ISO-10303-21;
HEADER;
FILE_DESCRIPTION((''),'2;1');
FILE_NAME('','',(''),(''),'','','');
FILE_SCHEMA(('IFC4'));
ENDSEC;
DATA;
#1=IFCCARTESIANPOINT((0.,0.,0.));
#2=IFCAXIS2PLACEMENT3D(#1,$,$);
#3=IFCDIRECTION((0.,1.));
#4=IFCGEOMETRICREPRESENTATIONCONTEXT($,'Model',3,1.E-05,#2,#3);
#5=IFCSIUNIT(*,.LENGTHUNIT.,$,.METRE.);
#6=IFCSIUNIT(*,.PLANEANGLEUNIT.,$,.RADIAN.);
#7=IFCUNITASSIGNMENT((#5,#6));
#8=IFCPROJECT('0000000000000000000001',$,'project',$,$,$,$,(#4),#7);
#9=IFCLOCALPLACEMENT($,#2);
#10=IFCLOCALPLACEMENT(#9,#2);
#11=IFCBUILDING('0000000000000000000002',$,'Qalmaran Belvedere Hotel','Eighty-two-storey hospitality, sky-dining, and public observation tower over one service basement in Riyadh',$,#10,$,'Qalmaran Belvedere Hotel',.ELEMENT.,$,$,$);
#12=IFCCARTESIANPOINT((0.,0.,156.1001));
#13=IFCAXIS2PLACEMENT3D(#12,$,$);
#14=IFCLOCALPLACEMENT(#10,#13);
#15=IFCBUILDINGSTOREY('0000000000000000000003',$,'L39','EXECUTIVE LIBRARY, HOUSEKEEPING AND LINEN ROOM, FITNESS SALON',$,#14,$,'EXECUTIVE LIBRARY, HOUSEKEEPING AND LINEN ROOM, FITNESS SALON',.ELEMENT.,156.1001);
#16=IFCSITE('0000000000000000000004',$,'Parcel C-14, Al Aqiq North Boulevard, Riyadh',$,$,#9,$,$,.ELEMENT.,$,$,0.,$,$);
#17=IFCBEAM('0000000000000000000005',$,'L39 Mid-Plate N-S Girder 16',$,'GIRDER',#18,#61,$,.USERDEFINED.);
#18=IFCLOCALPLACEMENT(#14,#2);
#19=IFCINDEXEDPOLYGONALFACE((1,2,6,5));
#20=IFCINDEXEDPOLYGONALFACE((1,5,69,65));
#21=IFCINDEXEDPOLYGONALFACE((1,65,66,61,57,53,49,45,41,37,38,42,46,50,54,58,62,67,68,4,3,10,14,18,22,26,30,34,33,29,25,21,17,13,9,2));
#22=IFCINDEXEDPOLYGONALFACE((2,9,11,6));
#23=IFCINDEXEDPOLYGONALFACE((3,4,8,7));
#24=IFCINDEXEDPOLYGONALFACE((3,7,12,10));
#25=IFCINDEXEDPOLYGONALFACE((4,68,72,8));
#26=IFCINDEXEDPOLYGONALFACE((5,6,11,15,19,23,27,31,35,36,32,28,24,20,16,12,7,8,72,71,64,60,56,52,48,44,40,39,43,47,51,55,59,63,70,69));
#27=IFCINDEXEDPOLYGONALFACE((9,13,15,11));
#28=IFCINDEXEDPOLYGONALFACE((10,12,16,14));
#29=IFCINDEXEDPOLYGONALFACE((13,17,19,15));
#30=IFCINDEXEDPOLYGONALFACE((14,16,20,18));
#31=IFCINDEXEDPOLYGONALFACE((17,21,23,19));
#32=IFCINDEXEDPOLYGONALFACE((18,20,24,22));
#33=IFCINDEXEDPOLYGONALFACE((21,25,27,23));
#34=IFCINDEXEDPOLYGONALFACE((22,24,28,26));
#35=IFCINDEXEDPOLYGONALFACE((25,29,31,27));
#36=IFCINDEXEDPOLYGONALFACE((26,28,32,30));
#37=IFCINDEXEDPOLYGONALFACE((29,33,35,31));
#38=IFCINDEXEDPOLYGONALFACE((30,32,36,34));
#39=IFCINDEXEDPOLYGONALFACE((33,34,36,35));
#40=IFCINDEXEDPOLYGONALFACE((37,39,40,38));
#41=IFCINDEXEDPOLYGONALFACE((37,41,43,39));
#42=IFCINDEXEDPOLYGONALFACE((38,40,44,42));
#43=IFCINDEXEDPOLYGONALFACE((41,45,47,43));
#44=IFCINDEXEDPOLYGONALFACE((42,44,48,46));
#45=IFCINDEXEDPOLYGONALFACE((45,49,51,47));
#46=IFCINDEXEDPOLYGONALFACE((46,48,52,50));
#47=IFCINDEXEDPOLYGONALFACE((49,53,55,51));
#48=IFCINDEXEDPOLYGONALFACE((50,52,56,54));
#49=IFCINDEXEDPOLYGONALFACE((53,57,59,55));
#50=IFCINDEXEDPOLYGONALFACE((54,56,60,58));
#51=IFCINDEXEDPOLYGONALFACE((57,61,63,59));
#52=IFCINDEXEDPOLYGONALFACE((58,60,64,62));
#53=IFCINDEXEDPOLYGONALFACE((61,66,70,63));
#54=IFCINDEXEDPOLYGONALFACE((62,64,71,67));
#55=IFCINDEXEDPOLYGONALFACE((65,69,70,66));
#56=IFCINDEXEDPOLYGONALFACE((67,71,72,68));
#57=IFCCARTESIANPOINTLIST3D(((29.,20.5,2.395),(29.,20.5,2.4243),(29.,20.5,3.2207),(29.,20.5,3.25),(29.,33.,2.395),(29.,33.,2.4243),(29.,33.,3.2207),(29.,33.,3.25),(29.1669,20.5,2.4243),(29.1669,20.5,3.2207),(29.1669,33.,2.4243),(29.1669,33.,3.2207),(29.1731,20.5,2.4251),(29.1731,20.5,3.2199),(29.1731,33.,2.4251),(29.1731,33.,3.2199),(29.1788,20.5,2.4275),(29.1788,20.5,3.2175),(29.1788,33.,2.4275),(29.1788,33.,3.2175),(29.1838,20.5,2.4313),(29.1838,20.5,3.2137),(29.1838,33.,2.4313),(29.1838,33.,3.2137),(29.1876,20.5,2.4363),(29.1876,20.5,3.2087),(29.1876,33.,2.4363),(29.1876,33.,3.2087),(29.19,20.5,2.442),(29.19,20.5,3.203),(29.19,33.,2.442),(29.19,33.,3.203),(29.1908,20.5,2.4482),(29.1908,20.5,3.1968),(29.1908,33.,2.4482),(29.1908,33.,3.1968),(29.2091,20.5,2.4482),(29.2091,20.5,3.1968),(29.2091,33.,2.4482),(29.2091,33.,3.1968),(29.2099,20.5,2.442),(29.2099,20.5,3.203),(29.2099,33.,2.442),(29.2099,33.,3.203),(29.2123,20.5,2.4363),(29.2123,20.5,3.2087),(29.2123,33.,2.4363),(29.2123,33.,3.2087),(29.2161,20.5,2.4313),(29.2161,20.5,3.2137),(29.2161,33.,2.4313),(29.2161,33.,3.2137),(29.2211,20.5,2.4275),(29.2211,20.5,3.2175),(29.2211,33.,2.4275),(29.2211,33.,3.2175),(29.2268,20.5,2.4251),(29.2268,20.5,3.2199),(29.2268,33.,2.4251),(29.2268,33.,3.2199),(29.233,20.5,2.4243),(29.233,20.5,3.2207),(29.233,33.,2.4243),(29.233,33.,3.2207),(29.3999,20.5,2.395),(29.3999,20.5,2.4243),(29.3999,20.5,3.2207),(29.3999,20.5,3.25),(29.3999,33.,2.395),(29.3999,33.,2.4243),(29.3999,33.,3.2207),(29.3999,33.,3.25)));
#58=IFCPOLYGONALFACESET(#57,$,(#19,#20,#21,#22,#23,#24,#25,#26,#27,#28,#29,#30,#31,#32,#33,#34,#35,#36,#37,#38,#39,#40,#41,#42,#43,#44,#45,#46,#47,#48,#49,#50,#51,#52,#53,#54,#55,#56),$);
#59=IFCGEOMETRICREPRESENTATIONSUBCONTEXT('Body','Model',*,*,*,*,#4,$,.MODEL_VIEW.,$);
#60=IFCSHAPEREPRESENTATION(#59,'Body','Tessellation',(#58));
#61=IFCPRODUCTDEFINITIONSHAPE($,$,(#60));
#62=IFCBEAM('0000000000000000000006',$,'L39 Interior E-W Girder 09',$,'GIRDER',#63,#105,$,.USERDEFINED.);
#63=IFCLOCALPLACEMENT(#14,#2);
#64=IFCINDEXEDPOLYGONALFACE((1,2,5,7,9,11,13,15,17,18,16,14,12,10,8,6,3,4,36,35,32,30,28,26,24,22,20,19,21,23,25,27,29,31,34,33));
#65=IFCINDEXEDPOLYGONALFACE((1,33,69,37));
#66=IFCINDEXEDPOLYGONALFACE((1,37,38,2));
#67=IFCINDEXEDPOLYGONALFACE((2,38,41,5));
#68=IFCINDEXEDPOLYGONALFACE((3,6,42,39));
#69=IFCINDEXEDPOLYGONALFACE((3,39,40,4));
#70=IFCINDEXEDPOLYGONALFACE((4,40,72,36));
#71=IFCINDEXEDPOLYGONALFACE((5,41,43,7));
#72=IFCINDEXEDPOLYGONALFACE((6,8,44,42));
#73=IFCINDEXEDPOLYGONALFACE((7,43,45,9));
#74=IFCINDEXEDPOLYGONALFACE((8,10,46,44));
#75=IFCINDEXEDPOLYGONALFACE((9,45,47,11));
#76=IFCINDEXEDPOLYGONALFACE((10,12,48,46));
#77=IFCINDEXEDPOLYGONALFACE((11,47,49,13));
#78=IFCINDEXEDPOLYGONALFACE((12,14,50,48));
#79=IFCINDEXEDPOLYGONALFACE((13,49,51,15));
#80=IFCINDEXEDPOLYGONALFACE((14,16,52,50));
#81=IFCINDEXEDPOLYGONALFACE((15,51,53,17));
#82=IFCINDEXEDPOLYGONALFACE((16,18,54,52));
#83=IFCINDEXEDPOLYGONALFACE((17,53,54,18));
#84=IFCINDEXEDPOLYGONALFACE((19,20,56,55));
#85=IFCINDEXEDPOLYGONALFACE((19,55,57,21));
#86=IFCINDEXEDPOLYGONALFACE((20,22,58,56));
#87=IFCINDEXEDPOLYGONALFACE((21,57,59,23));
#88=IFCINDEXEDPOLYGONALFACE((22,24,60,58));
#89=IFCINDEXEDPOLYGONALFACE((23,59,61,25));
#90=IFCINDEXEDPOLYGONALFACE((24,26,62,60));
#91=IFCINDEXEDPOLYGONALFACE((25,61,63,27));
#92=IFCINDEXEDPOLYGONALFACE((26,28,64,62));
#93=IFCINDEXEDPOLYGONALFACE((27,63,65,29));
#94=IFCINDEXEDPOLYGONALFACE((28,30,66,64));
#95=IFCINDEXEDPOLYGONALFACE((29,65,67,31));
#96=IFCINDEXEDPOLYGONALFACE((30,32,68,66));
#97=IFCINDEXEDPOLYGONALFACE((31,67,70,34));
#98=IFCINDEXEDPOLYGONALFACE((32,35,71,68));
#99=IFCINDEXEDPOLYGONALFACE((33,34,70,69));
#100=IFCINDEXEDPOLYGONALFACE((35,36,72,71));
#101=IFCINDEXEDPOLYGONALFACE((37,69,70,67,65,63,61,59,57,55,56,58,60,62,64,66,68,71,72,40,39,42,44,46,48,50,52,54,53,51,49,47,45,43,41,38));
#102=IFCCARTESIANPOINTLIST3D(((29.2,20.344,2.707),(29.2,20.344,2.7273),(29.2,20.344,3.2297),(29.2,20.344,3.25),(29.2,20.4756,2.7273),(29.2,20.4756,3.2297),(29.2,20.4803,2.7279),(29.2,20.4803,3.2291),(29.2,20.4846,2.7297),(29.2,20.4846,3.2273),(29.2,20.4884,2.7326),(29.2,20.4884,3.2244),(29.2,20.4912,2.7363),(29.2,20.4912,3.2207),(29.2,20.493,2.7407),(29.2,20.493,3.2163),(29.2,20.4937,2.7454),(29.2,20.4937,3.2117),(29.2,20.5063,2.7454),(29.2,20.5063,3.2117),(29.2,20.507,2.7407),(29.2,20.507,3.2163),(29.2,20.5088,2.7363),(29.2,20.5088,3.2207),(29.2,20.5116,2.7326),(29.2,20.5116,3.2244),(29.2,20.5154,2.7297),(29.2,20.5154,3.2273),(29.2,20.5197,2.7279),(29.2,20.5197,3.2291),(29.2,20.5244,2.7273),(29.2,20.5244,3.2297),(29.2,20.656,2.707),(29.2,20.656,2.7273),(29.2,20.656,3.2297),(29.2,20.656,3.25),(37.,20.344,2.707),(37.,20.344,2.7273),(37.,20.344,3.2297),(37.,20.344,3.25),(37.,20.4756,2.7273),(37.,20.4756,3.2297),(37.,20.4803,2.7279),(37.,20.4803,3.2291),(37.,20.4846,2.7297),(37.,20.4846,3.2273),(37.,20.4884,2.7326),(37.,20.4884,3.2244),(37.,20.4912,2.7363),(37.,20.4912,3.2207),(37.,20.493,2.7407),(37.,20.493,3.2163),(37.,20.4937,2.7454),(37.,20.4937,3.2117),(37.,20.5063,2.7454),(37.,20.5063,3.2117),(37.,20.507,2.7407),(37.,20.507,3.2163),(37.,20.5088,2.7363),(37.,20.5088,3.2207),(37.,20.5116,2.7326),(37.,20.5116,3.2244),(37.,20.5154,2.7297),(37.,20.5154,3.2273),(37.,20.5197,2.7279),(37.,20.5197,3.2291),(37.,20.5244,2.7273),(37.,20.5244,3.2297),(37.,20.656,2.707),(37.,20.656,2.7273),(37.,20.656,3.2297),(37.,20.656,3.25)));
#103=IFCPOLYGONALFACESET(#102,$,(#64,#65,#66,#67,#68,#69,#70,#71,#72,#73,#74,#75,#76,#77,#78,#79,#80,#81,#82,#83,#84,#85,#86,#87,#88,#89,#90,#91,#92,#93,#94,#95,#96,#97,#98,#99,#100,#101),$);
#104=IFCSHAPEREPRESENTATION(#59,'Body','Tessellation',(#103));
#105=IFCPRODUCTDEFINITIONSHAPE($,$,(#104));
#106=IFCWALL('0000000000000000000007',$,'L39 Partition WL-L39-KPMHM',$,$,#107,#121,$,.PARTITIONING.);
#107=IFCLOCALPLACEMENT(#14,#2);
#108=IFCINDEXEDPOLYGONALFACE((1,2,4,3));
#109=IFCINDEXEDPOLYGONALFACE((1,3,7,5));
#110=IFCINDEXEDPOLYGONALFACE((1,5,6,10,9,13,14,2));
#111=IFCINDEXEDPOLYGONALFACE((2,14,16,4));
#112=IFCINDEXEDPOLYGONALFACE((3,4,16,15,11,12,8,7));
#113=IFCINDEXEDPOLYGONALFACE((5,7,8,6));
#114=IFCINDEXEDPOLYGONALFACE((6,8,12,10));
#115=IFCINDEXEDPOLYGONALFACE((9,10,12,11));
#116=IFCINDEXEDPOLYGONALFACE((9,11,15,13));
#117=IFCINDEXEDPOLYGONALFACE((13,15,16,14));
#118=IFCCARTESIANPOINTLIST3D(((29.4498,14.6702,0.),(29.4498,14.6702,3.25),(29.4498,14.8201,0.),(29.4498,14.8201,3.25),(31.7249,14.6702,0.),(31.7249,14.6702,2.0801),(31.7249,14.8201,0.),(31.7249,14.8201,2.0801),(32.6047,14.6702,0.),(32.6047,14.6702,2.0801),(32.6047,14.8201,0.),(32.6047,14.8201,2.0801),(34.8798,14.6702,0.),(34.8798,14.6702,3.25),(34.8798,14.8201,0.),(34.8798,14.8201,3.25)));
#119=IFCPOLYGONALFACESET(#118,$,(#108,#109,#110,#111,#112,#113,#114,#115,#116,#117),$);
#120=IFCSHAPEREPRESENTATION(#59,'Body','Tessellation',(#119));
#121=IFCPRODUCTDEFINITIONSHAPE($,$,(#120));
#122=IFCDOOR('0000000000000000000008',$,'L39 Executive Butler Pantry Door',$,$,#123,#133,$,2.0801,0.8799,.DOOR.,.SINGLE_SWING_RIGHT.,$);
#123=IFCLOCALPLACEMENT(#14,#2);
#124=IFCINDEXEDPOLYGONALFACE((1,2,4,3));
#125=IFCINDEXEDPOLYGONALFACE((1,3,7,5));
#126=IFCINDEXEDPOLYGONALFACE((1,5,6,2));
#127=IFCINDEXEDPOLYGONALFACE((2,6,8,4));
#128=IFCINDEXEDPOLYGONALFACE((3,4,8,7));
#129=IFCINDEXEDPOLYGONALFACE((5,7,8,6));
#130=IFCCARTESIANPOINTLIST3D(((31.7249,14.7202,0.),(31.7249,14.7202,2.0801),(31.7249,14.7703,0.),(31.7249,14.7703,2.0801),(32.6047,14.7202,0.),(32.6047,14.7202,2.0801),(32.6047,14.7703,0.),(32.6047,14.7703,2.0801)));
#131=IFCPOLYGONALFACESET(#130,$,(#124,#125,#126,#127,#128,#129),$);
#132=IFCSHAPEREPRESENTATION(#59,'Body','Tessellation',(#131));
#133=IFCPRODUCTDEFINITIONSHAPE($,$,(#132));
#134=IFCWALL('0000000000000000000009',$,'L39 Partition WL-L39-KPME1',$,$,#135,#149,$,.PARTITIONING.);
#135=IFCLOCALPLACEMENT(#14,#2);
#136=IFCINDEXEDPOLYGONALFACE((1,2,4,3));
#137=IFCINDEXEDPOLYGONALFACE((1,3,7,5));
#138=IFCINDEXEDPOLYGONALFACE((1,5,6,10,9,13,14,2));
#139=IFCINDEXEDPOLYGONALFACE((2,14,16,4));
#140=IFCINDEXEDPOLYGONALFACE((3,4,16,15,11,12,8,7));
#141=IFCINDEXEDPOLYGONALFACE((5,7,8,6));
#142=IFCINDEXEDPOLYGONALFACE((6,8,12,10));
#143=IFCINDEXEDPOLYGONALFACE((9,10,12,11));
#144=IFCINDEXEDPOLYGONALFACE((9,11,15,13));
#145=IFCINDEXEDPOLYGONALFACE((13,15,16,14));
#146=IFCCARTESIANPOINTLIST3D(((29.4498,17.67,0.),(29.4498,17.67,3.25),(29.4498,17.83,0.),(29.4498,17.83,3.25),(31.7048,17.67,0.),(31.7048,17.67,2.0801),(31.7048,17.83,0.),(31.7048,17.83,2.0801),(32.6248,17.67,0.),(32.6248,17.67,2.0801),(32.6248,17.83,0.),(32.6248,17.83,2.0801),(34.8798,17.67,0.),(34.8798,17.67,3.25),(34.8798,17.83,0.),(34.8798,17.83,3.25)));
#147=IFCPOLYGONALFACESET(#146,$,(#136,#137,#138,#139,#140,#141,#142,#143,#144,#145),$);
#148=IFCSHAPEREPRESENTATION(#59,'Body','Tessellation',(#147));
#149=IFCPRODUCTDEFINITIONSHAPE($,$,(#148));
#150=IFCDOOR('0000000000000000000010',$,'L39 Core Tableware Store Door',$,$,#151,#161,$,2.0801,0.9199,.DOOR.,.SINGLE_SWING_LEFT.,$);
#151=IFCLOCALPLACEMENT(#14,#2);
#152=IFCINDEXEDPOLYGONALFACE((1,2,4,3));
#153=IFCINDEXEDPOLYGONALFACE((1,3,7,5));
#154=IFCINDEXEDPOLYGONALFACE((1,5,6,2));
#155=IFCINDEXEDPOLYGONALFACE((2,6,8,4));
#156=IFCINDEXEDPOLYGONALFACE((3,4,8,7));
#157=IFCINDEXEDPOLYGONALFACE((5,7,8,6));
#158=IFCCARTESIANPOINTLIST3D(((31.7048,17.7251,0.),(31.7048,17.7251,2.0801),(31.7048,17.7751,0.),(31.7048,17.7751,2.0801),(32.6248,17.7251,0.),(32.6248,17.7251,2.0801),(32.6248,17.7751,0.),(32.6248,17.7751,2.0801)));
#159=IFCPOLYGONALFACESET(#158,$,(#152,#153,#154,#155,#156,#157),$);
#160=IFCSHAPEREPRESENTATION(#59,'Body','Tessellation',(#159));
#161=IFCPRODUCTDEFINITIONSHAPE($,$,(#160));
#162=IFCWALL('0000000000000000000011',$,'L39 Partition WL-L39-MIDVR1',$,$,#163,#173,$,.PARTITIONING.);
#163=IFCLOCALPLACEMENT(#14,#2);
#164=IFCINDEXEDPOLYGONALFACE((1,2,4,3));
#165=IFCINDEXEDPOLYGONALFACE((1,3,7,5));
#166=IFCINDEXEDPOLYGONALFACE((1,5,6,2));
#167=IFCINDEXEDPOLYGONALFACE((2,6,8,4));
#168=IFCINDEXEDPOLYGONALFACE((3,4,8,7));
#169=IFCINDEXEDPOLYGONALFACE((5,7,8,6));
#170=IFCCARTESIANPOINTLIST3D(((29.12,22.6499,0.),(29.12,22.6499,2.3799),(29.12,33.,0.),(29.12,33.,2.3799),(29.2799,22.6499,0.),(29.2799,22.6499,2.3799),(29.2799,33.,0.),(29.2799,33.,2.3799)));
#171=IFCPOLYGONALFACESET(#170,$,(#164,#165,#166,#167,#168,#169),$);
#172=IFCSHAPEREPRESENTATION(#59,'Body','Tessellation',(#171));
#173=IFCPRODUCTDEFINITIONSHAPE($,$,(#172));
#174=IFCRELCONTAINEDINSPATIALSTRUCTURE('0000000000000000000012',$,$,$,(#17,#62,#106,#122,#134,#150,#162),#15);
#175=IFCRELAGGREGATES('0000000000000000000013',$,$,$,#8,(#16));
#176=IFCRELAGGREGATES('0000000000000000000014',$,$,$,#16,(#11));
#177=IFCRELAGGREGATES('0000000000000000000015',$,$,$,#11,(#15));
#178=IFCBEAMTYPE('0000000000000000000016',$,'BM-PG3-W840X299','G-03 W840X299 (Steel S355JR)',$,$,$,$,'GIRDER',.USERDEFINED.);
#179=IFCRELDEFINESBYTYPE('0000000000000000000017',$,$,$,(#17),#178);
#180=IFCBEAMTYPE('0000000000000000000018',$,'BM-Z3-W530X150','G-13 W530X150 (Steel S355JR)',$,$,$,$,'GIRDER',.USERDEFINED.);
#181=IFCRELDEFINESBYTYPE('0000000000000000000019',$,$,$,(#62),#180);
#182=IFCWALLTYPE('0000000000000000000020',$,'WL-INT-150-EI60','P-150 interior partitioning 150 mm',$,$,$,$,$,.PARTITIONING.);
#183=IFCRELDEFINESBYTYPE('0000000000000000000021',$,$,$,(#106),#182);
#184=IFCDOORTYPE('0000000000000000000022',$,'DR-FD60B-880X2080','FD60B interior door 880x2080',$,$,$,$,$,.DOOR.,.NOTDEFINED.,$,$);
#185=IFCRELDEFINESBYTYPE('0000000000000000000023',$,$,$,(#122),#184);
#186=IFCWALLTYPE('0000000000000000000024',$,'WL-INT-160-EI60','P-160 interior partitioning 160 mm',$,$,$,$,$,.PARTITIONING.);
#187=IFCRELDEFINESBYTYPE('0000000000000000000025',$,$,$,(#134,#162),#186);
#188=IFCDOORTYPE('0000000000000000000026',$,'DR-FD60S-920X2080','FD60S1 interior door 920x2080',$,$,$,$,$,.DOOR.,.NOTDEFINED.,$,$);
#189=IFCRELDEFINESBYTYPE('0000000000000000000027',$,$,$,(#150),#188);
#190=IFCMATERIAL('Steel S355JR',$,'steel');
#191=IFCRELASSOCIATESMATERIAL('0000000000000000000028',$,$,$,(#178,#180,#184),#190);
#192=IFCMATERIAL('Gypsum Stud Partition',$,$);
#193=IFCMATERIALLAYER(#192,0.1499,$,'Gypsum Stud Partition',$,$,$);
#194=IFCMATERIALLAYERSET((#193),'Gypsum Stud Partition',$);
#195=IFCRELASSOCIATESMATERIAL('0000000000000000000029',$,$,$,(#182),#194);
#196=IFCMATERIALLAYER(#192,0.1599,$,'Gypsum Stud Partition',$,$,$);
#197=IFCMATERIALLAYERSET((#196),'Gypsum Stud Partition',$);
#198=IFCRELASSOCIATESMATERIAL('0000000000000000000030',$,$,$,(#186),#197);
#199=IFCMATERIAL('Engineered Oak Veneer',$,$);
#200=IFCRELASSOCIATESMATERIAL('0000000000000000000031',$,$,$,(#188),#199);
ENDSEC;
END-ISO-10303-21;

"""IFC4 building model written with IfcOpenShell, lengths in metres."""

from ifc_helpers import new_model, si_unit, direction, frame, frame_2d, origin, origin_2d, place, context, subcontext, project, spatial, rectangle, i_section, extrude, material, layer, layer_set, material_profile, profile_set, type_object, element, fill, save


model = new_model("IFC4")

# Units and contexts
model_context = context("Model", 3, precision=1e-05, world=origin(), true_north=direction((0.0, 1.0)))
body_context = subcontext(model_context, "Body", "Model", "MODEL_VIEW")
ifc_project = project(units=[si_unit("LENGTHUNIT", "METRE"), si_unit("PLANEANGLEUNIT", "RADIAN")], contexts=[model_context])

# Site, building, storey
site_placement = place(None, origin())
site = spatial("IfcSite", under=ifc_project, at=site_placement, Name="Parcel C-14, Al Aqiq North Boulevard, Riyadh", CompositionType="ELEMENT", RefElevation=0.0)
building_placement = place(site_placement, origin())
building = spatial("IfcBuilding", under=site, at=building_placement, Name="Qalmaran Belvedere Hotel", Description="Eighty-two-storey hospitality, sky-dining, and public observation tower over one service basement in Riyadh", LongName="Qalmaran Belvedere Hotel", CompositionType="ELEMENT")
storey_placement = place(building_placement, frame((0.0, 0.0, 156.1001)))
storey = spatial("IfcBuildingStorey", under=building, at=storey_placement, Name="L39", Description="EXECUTIVE LIBRARY, HOUSEKEEPING AND LINEN ROOM, FITNESS SALON", LongName="EXECUTIVE LIBRARY, HOUSEKEEPING AND LINEN ROOM, FITNESS SALON", CompositionType="ELEMENT", Elevation=156.1001)

# Beams
ifc_material_1 = material(Name="Steel S355JR", Category="steel")
ifc_material_profile_1 = material_profile(ifc_material_1, i_section(OverallWidth=0.3999, OverallDepth=0.855, WebThickness=0.0183, FlangeThickness=0.0293, FilletRadius=0.0239, at=origin_2d()), Name="W840X299")
ifc_profile_set_1 = profile_set([ifc_material_profile_1], Name="Steel S355JR")
beam_type_1 = type_object("IfcBeamType", Name="BM-PG3-W840X299", Description="G-03 W840X299 (Steel S355JR)", ElementType="GIRDER", PredefinedType="USERDEFINED", material=ifc_profile_set_1)
beam_1_placement = place(storey_placement, frame((29.2, 20.5, 2.8225), z_axis=(0.0, 1.0, 0.0), x_axis=(-1.0, 0.0, 0.0)))
element("IfcBeam", 1, at=beam_1_placement, inside=storey, type_object=beam_type_1, Name="L39 Mid-Plate N-S Girder 16", ObjectType="GIRDER", PredefinedType="USERDEFINED", context=body_context, shape_type="SweptSolid", body=[
    extrude(i_section(OverallWidth=0.3999, OverallDepth=0.855, WebThickness=0.0183, FlangeThickness=0.0293, FilletRadius=0.0239, at=origin_2d()), origin(), (0.0, 0.0, 1.0), 12.5),
])
ifc_material_profile_2 = material_profile(ifc_material_1, i_section(OverallWidth=0.312, OverallDepth=0.543, WebThickness=0.0127, FlangeThickness=0.0203, FilletRadius=0.0181, at=origin_2d()), Name="W530X150")
ifc_profile_set_2 = profile_set([ifc_material_profile_2], Name="Steel S355JR")
beam_type_2 = type_object("IfcBeamType", Name="BM-Z3-W530X150", Description="G-13 W530X150 (Steel S355JR)", ElementType="GIRDER", PredefinedType="USERDEFINED", material=ifc_profile_set_2)
beam_2_placement = place(storey_placement, frame((29.2, 20.5, 2.9785), z_axis=(1.0, 0.0, 0.0), x_axis=(0.0, 1.0, 0.0)))
element("IfcBeam", 2, at=beam_2_placement, inside=storey, type_object=beam_type_2, Name="L39 Interior E-W Girder 09", ObjectType="GIRDER", PredefinedType="USERDEFINED", context=body_context, shape_type="SweptSolid", body=[
    extrude(i_section(OverallWidth=0.312, OverallDepth=0.543, WebThickness=0.0127, FlangeThickness=0.0203, FilletRadius=0.0181, at=origin_2d()), origin(), (0.0, 0.0, 1.0), 7.8),
])

# Walls, openings, doors
ifc_material_2 = material(Name="Gypsum Stud Partition")
ifc_layer_1 = layer(ifc_material_2, 0.1499, Name="Gypsum Stud Partition")
ifc_layer_set_1 = layer_set([ifc_layer_1], Name="Gypsum Stud Partition")
wall_type_1 = type_object("IfcWallType", Name="WL-INT-150-EI60", Description="P-150 interior partitioning 150 mm", PredefinedType="PARTITIONING", material=ifc_layer_set_1)
wall_1_placement = place(storey_placement, frame((29.45, 14.7451, 0.0), z_axis=(0.0, 0.0, 1.0), x_axis=(1.0, 0.0, 0.0)))
wall_1 = element("IfcWall", 3, at=wall_1_placement, inside=storey, type_object=wall_type_1, Name="L39 Partition WL-L39-KPMHM", PredefinedType="PARTITIONING", context=body_context, shape_type="SweptSolid", body=[
    extrude(rectangle(XDim=5.4299, YDim=0.1499, at=frame_2d((2.7148, 0.0))), origin(), (0.0, 0.0, 1.0), 3.25),
])
opening_1_placement = place(wall_1_placement, frame((3.1548, 0.0, 0.0), z_axis=(0.0, 0.0, 1.0), x_axis=(-1.0, 0.0, 0.0)))
opening_1 = element("IfcOpeningElement", 4, at=opening_1_placement, cuts=wall_1, PredefinedType="OPENING", context=body_context, shape_type="SweptSolid", body=[
    extrude(rectangle(XDim=0.8799, YDim=2.0801, at=frame_2d((0.4399, 1.04))), frame((0.0, 0.085, 0.0), z_axis=(0.0, -1.0, 0.0), x_axis=(1.0, 0.0, 0.0)), (0.0, 0.0, 1.0), 0.1699),
])
door_type_1 = type_object("IfcDoorType", Name="DR-FD60B-880X2080", Description="FD60B interior door 880x2080", OperationType="NOTDEFINED", PredefinedType="DOOR", material=ifc_material_1)
door_1_placement = place(opening_1_placement, origin())
door_1 = element("IfcDoor", 5, at=door_1_placement, inside=storey, type_object=door_type_1, Name="L39 Executive Butler Pantry Door", OperationType="SINGLE_SWING_RIGHT", OverallHeight=2.0801, OverallWidth=0.8799, PredefinedType="DOOR", context=body_context, shape_type="SweptSolid", body=[
    extrude(rectangle(XDim=0.8799, YDim=2.0801, at=frame_2d((0.4399, 1.04))), frame((0.0, 0.0249, 0.0), z_axis=(0.0, -1.0, 0.0), x_axis=(1.0, 0.0, 0.0)), (0.0, 0.0, 1.0), 0.05),
])
fill(opening_1, door_1)
ifc_layer_2 = layer(ifc_material_2, 0.1599, Name="Gypsum Stud Partition")
ifc_layer_set_2 = layer_set([ifc_layer_2], Name="Gypsum Stud Partition")
wall_type_2 = type_object("IfcWallType", Name="WL-INT-160-EI60", Description="P-160 interior partitioning 160 mm", PredefinedType="PARTITIONING", material=ifc_layer_set_2)
wall_2_placement = place(storey_placement, frame((29.45, 17.75, 0.0), z_axis=(0.0, 0.0, 1.0), x_axis=(1.0, 0.0, 0.0)))
wall_2 = element("IfcWall", 6, at=wall_2_placement, inside=storey, type_object=wall_type_2, Name="L39 Partition WL-L39-KPME1", PredefinedType="PARTITIONING", context=body_context, shape_type="SweptSolid", body=[
    extrude(rectangle(XDim=5.4299, YDim=0.1599, at=frame_2d((2.7148, 0.0))), origin(), (0.0, 0.0, 1.0), 3.25),
])
opening_2_placement = place(wall_2_placement, frame((3.1748, 0.0, 0.0), z_axis=(0.0, 0.0, 1.0), x_axis=(-1.0, 0.0, 0.0)))
opening_2 = element("IfcOpeningElement", 7, at=opening_2_placement, cuts=wall_2, PredefinedType="OPENING", context=body_context, shape_type="SweptSolid", body=[
    extrude(rectangle(XDim=0.9199, YDim=2.0801, at=frame_2d((0.46, 1.04))), frame((0.0, 0.0898, 0.0), z_axis=(0.0, -1.0, 0.0), x_axis=(1.0, 0.0, 0.0)), (0.0, 0.0, 1.0), 0.1799),
])
ifc_material_3 = material(Name="Engineered Oak Veneer")
door_type_2 = type_object("IfcDoorType", Name="DR-FD60S-920X2080", Description="FD60S1 interior door 920x2080", OperationType="NOTDEFINED", PredefinedType="DOOR", material=ifc_material_3)
door_2_placement = place(opening_2_placement, origin())
door_2 = element("IfcDoor", 8, at=door_2_placement, inside=storey, type_object=door_type_2, Name="L39 Core Tableware Store Door", OperationType="SINGLE_SWING_LEFT", OverallHeight=2.0801, OverallWidth=0.9199, PredefinedType="DOOR", context=body_context, shape_type="SweptSolid", body=[
    extrude(rectangle(XDim=0.9199, YDim=2.0801, at=frame_2d((0.46, 1.04))), frame((0.0, 0.0249, 0.0), z_axis=(0.0, -1.0, 0.0), x_axis=(1.0, 0.0, 0.0)), (0.0, 0.0, 1.0), 0.05),
])
fill(opening_2, door_2)

# Wall
wall_3_placement = place(storey_placement, frame((29.2, 22.6499, 0.0), z_axis=(0.0, 0.0, 1.0), x_axis=(0.0, 1.0, 0.0)))
element("IfcWall", 9, at=wall_3_placement, inside=storey, type_object=wall_type_2, Name="L39 Partition WL-L39-MIDVR1", PredefinedType="PARTITIONING", context=body_context, shape_type="SweptSolid", body=[
    extrude(rectangle(XDim=10.3501, YDim=0.1599, at=frame_2d((5.175, 0.0))), origin(), (0.0, 0.0, 1.0), 2.3799),
])

save(model, "model.ifc")
